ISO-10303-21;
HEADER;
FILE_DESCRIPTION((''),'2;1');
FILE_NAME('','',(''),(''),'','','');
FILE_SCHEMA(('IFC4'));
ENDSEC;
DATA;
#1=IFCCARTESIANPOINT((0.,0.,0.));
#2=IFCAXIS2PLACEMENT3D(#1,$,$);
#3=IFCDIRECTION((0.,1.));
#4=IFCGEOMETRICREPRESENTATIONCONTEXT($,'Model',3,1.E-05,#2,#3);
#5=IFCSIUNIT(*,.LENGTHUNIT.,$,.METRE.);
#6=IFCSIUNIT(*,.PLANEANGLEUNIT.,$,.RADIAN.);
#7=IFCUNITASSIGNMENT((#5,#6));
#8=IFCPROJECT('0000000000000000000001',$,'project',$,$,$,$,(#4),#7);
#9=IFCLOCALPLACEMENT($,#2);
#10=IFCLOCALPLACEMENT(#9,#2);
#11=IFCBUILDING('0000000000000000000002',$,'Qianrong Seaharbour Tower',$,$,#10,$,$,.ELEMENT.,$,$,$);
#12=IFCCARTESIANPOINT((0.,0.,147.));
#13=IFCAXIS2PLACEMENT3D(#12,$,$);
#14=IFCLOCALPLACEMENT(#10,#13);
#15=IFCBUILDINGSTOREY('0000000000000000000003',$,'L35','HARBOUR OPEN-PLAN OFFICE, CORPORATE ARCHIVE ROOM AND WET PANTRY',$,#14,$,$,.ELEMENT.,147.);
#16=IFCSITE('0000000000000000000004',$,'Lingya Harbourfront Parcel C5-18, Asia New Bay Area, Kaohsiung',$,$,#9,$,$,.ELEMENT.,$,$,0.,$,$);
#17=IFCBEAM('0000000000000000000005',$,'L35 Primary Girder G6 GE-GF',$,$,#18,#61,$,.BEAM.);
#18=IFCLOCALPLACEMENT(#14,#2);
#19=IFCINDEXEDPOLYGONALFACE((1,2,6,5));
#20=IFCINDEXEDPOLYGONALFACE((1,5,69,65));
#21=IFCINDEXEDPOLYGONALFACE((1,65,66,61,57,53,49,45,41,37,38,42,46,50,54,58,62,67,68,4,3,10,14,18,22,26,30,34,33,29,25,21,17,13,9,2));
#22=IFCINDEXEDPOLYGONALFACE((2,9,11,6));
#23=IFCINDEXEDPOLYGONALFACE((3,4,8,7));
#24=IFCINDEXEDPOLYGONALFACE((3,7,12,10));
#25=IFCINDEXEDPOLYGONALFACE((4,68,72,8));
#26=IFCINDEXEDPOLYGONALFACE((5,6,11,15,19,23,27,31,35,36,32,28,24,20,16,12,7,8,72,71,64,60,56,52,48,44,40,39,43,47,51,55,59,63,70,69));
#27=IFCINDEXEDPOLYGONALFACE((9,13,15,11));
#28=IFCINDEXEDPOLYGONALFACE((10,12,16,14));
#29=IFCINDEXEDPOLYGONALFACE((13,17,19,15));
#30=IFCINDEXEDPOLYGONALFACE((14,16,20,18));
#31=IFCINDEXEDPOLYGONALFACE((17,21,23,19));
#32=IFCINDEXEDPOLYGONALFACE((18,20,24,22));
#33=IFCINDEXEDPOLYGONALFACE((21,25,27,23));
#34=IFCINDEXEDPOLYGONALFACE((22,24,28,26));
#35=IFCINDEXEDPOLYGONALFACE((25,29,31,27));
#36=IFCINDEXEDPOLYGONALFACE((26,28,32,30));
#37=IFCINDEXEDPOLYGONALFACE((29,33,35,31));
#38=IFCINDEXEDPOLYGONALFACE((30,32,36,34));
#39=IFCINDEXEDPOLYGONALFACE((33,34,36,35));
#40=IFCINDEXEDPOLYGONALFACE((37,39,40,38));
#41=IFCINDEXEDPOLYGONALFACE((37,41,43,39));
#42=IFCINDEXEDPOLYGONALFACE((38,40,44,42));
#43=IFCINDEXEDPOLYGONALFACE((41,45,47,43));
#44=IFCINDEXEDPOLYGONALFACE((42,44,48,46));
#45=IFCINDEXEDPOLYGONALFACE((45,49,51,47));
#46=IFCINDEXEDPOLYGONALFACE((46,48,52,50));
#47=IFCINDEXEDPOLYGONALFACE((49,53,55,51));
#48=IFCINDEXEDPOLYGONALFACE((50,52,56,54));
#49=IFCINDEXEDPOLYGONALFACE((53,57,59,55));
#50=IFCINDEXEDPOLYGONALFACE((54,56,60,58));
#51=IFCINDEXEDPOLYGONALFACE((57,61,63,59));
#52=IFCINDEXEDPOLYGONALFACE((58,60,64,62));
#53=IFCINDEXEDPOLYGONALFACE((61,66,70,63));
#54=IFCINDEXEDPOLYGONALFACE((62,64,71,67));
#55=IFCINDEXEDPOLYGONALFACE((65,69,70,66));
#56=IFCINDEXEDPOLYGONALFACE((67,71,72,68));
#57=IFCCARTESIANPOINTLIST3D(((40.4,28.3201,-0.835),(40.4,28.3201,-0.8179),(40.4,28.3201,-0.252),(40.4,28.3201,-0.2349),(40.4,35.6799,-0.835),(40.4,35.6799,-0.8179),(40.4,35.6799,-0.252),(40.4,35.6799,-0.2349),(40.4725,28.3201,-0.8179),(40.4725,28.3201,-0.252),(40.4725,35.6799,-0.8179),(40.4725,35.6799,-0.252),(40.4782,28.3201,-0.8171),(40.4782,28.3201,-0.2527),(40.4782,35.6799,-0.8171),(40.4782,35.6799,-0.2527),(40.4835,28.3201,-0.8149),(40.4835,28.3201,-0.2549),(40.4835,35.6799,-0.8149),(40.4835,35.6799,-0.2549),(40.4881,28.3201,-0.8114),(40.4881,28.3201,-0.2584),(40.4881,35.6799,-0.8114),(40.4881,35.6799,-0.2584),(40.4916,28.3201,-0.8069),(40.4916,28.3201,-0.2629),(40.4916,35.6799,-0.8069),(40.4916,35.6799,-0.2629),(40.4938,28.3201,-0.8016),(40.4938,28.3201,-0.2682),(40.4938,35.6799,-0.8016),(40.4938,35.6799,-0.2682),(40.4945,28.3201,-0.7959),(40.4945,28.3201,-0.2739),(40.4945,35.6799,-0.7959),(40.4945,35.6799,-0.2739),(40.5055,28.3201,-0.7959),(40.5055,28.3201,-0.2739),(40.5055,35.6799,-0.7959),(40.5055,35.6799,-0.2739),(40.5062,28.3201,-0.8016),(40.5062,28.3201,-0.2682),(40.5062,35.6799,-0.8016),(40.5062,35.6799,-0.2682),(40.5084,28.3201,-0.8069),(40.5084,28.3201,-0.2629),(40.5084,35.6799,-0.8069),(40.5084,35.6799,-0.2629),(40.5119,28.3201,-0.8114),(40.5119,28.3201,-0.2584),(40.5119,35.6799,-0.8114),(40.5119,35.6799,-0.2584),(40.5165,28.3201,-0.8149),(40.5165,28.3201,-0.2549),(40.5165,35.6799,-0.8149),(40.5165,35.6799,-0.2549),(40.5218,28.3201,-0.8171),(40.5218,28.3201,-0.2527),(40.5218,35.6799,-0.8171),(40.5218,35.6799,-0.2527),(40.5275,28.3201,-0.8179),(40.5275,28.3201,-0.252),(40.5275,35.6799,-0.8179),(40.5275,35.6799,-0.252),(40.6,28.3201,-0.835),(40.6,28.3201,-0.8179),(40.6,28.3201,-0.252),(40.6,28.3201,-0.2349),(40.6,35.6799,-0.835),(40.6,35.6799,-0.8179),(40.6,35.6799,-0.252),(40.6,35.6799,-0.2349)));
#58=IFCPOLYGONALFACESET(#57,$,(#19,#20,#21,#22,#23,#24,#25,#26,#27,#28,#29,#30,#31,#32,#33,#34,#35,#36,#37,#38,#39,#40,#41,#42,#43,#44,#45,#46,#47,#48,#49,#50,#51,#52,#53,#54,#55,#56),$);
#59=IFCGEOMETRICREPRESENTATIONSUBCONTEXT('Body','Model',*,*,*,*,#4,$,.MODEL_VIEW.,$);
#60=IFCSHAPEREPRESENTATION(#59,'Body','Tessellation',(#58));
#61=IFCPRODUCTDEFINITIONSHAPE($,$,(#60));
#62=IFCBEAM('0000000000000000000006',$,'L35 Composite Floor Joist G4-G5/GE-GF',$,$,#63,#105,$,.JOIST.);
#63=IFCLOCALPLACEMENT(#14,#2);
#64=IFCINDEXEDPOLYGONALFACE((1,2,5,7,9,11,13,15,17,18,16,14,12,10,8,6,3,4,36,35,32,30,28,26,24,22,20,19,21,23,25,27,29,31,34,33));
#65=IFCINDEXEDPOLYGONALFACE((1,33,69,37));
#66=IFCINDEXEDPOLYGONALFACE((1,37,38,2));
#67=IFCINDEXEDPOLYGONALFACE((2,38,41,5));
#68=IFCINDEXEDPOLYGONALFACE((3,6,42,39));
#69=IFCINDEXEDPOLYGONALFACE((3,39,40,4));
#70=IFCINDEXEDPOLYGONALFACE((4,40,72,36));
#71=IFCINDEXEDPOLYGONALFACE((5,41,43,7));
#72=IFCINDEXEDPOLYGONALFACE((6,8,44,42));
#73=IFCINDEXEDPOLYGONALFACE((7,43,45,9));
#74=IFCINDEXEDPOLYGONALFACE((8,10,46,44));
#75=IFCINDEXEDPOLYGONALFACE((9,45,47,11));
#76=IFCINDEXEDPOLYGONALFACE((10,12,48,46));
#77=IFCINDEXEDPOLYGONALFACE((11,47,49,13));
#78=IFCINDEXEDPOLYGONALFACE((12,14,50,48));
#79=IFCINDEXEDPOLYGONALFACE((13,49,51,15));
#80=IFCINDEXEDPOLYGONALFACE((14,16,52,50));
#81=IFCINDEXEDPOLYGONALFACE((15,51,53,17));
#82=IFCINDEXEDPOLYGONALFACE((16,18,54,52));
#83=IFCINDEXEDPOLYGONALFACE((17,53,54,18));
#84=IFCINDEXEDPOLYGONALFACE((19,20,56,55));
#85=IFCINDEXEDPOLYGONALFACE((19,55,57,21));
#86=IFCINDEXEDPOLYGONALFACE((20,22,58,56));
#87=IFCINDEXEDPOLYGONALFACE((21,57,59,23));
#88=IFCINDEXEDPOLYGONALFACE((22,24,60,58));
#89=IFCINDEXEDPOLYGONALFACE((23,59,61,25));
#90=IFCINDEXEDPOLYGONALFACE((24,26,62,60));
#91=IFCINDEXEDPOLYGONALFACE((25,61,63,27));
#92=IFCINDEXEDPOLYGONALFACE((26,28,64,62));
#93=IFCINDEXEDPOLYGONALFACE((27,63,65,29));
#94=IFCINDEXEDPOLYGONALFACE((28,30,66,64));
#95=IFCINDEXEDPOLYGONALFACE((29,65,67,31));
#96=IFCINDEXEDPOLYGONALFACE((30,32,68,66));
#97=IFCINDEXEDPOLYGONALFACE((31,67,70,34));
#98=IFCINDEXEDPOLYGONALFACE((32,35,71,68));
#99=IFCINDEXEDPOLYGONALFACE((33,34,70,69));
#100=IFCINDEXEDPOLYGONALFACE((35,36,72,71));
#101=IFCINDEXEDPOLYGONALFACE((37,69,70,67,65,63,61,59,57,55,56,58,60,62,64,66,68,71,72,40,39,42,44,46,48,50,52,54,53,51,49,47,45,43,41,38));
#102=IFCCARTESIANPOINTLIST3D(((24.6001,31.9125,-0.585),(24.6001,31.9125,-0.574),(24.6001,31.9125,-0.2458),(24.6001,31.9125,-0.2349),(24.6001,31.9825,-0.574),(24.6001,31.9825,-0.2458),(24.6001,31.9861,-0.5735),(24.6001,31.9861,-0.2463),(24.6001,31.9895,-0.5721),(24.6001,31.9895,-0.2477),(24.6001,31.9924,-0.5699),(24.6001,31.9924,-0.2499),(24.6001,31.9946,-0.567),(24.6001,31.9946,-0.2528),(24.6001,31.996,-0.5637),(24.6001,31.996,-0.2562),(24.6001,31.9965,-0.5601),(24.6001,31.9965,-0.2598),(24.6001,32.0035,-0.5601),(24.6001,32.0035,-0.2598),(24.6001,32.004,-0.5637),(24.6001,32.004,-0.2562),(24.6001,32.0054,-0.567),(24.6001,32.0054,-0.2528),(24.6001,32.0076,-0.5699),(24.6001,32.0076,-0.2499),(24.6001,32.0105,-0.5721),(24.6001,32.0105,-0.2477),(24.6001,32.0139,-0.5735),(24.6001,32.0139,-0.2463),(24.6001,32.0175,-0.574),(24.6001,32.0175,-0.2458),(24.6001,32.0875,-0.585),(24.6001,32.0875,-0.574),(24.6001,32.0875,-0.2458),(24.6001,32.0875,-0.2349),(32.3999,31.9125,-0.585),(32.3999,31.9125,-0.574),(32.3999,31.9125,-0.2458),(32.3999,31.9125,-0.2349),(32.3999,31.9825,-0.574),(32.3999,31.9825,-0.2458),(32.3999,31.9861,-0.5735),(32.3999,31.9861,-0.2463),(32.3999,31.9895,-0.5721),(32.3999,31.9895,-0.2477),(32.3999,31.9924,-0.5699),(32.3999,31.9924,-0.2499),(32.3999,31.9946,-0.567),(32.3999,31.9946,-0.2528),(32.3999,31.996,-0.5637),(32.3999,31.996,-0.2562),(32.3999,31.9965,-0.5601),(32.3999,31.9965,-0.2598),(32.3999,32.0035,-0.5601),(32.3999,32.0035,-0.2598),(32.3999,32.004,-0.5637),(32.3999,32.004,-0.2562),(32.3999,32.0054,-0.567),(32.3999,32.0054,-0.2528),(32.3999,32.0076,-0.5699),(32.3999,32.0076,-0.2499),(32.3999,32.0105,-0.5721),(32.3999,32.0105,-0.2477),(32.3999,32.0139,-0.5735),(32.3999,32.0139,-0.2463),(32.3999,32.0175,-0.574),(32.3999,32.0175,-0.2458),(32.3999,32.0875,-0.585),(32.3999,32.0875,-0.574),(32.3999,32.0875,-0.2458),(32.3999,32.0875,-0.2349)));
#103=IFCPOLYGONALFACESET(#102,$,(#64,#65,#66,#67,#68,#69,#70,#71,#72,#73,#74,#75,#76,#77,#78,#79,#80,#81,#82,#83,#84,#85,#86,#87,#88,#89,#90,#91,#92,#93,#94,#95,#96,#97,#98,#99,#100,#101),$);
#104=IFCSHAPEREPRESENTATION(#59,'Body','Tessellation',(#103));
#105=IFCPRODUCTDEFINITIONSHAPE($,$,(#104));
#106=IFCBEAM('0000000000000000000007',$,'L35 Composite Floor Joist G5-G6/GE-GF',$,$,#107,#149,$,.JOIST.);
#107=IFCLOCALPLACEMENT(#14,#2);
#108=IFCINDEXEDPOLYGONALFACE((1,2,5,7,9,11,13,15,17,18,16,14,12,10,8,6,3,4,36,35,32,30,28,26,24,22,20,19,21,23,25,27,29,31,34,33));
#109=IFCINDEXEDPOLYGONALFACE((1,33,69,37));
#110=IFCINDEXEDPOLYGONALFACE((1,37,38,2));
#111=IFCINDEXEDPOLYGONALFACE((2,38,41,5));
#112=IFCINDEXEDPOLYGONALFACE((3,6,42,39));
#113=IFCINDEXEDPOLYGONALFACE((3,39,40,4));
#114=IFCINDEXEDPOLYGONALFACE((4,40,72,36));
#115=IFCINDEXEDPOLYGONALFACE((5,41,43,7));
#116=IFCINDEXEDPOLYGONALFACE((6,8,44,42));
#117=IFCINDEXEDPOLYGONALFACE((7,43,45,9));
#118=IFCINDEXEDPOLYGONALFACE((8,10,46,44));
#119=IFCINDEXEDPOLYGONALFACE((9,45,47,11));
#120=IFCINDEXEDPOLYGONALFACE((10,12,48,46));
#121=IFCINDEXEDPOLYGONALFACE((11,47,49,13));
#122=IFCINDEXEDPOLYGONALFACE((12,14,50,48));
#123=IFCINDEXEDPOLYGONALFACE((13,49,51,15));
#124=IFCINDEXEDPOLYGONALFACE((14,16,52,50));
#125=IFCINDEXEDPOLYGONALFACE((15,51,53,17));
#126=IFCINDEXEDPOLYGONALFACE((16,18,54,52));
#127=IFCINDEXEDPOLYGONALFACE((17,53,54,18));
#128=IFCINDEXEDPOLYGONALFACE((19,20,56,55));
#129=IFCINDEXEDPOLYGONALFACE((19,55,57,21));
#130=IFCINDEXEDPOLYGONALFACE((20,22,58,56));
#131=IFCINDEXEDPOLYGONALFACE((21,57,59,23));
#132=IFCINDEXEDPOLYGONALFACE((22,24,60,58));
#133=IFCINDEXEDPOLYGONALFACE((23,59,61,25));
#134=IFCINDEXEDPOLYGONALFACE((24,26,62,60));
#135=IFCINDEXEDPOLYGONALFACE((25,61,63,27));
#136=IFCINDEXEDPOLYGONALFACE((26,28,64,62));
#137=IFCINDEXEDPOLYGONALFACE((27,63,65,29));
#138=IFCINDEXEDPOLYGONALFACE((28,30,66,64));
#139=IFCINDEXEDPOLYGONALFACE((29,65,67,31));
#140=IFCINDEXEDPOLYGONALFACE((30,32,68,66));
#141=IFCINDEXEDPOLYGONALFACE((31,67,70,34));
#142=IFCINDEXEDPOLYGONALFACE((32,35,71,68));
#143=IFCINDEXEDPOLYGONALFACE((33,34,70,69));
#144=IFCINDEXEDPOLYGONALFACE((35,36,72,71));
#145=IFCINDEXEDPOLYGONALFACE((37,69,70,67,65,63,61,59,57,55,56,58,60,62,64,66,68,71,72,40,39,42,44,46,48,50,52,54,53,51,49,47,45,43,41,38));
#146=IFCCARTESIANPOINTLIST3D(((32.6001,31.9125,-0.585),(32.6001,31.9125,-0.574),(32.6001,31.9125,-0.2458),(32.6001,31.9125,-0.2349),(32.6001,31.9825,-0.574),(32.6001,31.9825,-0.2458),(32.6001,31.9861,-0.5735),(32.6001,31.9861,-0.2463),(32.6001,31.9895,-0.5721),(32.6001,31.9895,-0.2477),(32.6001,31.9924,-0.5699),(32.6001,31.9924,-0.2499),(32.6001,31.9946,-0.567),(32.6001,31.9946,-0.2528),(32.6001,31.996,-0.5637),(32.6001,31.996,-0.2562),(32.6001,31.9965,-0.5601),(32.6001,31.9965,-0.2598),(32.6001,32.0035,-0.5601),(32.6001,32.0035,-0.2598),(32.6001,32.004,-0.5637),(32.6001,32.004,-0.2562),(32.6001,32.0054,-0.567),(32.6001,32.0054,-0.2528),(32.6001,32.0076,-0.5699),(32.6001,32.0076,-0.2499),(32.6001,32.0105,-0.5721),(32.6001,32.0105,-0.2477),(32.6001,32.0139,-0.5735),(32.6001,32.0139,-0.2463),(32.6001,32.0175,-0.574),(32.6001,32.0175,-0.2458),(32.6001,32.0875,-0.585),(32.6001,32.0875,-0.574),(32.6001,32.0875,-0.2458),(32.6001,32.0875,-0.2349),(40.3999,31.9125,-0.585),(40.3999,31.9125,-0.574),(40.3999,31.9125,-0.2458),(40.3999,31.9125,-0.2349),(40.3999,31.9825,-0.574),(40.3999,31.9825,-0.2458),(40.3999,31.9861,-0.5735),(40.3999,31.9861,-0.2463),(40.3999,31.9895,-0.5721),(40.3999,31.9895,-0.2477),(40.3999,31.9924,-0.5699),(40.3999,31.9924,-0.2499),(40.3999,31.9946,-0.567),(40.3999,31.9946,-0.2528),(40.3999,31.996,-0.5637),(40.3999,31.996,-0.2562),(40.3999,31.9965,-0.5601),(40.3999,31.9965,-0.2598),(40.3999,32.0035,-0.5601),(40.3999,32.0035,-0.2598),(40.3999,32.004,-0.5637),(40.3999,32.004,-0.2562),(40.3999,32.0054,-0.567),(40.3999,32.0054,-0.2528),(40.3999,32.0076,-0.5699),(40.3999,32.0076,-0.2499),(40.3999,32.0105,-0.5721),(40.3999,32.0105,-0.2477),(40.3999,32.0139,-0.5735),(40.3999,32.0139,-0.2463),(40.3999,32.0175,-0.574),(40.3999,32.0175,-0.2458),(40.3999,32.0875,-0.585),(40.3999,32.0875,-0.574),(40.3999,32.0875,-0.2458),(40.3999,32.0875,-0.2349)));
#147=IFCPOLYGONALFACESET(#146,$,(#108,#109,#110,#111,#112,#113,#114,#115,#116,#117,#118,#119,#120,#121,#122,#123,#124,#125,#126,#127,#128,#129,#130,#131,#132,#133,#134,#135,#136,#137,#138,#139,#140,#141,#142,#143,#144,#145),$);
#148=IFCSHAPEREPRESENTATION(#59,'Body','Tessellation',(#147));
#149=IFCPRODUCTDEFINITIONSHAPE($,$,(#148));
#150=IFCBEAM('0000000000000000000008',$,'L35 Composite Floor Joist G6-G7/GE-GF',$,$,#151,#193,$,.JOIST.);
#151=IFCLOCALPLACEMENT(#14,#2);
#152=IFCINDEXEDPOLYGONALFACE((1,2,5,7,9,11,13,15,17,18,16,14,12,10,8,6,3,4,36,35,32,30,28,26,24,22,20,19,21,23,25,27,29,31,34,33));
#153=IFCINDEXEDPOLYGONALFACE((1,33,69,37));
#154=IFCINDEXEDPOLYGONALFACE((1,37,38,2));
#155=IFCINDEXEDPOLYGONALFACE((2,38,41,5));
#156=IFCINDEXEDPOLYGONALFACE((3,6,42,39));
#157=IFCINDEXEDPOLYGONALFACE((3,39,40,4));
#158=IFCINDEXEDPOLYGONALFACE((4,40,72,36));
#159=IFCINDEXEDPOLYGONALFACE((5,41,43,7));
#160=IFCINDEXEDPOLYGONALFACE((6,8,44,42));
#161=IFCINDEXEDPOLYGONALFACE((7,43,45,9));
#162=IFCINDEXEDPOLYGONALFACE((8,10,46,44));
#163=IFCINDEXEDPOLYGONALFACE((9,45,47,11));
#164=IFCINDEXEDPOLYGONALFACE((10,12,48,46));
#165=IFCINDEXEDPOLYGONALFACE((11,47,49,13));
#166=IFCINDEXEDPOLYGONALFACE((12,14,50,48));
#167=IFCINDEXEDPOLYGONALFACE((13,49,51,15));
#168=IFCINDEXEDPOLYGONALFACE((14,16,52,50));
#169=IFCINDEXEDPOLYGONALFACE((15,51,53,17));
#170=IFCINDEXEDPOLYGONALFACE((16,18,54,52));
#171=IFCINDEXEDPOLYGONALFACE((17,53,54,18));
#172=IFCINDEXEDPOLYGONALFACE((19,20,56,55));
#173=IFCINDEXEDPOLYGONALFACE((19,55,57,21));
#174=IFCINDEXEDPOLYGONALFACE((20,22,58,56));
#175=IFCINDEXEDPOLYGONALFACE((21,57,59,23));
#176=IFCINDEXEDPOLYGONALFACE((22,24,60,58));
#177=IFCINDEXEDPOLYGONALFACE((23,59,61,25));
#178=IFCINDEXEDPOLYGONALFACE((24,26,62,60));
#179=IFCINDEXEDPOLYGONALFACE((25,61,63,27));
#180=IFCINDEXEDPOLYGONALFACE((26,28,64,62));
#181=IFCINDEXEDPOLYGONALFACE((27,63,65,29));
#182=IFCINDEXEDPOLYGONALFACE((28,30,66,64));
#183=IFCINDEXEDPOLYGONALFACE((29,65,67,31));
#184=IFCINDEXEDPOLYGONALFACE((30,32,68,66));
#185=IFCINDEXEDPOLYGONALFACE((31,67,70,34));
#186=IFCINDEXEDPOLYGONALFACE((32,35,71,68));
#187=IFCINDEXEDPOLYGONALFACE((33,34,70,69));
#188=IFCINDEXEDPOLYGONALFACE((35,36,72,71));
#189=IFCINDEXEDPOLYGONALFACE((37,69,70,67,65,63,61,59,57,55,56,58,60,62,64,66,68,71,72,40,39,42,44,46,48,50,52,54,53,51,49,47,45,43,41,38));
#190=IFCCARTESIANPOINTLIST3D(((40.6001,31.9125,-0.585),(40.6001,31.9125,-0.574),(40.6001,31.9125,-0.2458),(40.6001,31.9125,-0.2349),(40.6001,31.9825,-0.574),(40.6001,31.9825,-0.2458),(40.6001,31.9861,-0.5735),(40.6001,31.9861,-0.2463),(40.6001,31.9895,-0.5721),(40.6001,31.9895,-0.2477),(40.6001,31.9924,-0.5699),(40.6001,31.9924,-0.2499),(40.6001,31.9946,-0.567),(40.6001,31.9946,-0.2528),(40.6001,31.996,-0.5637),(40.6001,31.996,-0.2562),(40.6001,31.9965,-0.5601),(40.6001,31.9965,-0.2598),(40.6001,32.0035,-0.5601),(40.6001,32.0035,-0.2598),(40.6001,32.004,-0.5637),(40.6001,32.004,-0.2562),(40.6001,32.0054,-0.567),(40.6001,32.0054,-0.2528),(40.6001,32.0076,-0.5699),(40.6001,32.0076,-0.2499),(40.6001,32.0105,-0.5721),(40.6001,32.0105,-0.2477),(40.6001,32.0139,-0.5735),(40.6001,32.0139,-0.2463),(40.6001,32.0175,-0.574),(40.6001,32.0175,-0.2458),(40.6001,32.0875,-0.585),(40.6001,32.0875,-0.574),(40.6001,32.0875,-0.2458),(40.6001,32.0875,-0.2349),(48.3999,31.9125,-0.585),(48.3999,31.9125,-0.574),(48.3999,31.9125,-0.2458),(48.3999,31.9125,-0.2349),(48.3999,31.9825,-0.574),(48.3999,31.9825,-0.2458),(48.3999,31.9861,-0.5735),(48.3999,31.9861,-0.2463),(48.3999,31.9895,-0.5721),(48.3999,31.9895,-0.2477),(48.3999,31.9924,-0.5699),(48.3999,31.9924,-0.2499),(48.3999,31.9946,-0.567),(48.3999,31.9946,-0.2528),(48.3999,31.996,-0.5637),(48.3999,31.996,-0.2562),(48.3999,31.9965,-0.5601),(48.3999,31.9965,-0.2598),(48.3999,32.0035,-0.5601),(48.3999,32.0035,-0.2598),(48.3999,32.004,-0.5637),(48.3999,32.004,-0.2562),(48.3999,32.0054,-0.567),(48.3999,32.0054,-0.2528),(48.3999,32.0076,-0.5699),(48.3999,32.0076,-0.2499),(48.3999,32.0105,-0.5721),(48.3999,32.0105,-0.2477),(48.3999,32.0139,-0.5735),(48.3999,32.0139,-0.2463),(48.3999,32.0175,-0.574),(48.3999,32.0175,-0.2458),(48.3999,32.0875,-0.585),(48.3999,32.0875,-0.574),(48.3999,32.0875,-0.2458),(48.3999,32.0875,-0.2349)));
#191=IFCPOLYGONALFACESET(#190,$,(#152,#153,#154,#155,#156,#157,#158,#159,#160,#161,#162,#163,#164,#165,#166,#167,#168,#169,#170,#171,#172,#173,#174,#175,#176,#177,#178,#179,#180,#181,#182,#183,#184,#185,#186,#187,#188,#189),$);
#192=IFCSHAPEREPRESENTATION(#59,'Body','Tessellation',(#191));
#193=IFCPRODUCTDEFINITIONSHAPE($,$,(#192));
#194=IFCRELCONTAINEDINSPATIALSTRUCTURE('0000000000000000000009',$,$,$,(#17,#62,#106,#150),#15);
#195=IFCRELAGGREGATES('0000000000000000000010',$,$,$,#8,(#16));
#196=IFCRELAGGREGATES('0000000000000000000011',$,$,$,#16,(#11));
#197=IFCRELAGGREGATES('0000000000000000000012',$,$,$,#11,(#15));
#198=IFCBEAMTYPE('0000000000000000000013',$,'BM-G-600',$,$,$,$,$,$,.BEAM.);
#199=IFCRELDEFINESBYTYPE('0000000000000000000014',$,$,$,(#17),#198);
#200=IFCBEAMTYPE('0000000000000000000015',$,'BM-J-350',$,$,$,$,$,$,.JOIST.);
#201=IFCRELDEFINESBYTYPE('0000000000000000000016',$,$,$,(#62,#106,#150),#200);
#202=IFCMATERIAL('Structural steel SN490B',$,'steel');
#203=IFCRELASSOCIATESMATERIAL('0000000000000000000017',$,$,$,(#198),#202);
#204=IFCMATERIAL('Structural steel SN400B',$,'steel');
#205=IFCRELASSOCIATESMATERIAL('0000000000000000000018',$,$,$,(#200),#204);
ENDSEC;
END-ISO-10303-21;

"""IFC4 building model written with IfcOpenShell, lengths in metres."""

from ifc_helpers import new_model, si_unit, direction, frame, origin, origin_2d, place, context, subcontext, project, spatial, i_section, extrude, material, material_profile, profile_set, type_object, element, save


model = new_model("IFC4")

# Units and contexts
model_context = context("Model", 3, precision=1e-05, world=origin(), true_north=direction((0.0, 1.0)))
body_context = subcontext(model_context, "Body", "Model", "MODEL_VIEW")
ifc_project = project(units=[si_unit("LENGTHUNIT", "METRE"), si_unit("PLANEANGLEUNIT", "RADIAN")], contexts=[model_context])

# Site, building, storey
site_placement = place(None, origin())
site = spatial("IfcSite", under=ifc_project, at=site_placement, Name="Lingya Harbourfront Parcel C5-18, Asia New Bay Area, Kaohsiung", CompositionType="ELEMENT", RefElevation=0.0)
building_placement = place(site_placement, origin())
building = spatial("IfcBuilding", under=site, at=building_placement, Name="Qianrong Seaharbour Tower", CompositionType="ELEMENT")
storey_placement = place(building_placement, frame((0.0, 0.0, 147.0)))
storey = spatial("IfcBuildingStorey", under=building, at=storey_placement, Name="L35", Description="HARBOUR OPEN-PLAN OFFICE, CORPORATE ARCHIVE ROOM AND WET PANTRY", CompositionType="ELEMENT", Elevation=147.0)

# Shared definitions
ifc_material_1 = material(Name="Structural steel SN490B", Category="steel")

# Beams
ifc_material_profile_1 = material_profile(ifc_material_1, i_section(OverallWidth=0.2, OverallDepth=0.6001, WebThickness=0.011, FlangeThickness=0.0171, FilletRadius=0.022, at=origin_2d()), Name="H600x200x11x17")
ifc_profile_set_1 = profile_set([ifc_material_profile_1], Name="Structural steel SN490B")
beam_type_1 = type_object("IfcBeamType", Name="BM-G-600", PredefinedType="BEAM", material=ifc_profile_set_1)
for number, where, z_axis, x_axis, name in (
    (1, (40.5, 28.3201, -0.5349), (0.0, 1.0, 0.0), (-1.0, 0.0, 0.0), "L35 Primary Girder G6 GE-GF"),
):
    element("IfcBeam", number, at=place(storey_placement, frame(where, z_axis=z_axis, x_axis=x_axis)), inside=storey, type_object=beam_type_1, Name=name, PredefinedType="BEAM", context=body_context, shape_type="SweptSolid", body=[
        extrude(i_section(OverallWidth=0.2, OverallDepth=0.6001, WebThickness=0.011, FlangeThickness=0.0171, FilletRadius=0.022, at=origin_2d()), origin(), (0.0, 0.0, 1.0), 7.3599),
    ])
ifc_material_2 = material(Name="Structural steel SN400B", Category="steel")
ifc_material_profile_2 = material_profile(ifc_material_2, i_section(OverallWidth=0.175, OverallDepth=0.3501, WebThickness=0.0071, FlangeThickness=0.011, FilletRadius=0.0139, at=origin_2d()), Name="H350x175x7x11")
ifc_profile_set_2 = profile_set([ifc_material_profile_2], Name="Structural steel SN400B")
beam_type_2 = type_object("IfcBeamType", Name="BM-J-350", PredefinedType="JOIST", material=ifc_profile_set_2)
for number, where, z_axis, x_axis, name in (
    (2, (24.6001, 32.0, -0.4099), (1.0, 0.0, 0.0), (0.0, 1.0, 0.0), "L35 Composite Floor Joist G4-G5/GE-GF"),
    (3, (32.6001, 32.0, -0.4099), (1.0, 0.0, 0.0), (0.0, 1.0, 0.0), "L35 Composite Floor Joist G5-G6/GE-GF"),
    (4, (40.6001, 32.0, -0.4099), (1.0, 0.0, 0.0), (0.0, 1.0, 0.0), "L35 Composite Floor Joist G6-G7/GE-GF"),
):
    element("IfcBeam", number, at=place(storey_placement, frame(where, z_axis=z_axis, x_axis=x_axis)), inside=storey, type_object=beam_type_2, Name=name, PredefinedType="JOIST", context=body_context, shape_type="SweptSolid", body=[
        extrude(i_section(OverallWidth=0.175, OverallDepth=0.3501, WebThickness=0.0071, FlangeThickness=0.011, FilletRadius=0.0139, at=origin_2d()), origin(), (0.0, 0.0, 1.0), 7.7998),
    ])

save(model, "model.ifc")
